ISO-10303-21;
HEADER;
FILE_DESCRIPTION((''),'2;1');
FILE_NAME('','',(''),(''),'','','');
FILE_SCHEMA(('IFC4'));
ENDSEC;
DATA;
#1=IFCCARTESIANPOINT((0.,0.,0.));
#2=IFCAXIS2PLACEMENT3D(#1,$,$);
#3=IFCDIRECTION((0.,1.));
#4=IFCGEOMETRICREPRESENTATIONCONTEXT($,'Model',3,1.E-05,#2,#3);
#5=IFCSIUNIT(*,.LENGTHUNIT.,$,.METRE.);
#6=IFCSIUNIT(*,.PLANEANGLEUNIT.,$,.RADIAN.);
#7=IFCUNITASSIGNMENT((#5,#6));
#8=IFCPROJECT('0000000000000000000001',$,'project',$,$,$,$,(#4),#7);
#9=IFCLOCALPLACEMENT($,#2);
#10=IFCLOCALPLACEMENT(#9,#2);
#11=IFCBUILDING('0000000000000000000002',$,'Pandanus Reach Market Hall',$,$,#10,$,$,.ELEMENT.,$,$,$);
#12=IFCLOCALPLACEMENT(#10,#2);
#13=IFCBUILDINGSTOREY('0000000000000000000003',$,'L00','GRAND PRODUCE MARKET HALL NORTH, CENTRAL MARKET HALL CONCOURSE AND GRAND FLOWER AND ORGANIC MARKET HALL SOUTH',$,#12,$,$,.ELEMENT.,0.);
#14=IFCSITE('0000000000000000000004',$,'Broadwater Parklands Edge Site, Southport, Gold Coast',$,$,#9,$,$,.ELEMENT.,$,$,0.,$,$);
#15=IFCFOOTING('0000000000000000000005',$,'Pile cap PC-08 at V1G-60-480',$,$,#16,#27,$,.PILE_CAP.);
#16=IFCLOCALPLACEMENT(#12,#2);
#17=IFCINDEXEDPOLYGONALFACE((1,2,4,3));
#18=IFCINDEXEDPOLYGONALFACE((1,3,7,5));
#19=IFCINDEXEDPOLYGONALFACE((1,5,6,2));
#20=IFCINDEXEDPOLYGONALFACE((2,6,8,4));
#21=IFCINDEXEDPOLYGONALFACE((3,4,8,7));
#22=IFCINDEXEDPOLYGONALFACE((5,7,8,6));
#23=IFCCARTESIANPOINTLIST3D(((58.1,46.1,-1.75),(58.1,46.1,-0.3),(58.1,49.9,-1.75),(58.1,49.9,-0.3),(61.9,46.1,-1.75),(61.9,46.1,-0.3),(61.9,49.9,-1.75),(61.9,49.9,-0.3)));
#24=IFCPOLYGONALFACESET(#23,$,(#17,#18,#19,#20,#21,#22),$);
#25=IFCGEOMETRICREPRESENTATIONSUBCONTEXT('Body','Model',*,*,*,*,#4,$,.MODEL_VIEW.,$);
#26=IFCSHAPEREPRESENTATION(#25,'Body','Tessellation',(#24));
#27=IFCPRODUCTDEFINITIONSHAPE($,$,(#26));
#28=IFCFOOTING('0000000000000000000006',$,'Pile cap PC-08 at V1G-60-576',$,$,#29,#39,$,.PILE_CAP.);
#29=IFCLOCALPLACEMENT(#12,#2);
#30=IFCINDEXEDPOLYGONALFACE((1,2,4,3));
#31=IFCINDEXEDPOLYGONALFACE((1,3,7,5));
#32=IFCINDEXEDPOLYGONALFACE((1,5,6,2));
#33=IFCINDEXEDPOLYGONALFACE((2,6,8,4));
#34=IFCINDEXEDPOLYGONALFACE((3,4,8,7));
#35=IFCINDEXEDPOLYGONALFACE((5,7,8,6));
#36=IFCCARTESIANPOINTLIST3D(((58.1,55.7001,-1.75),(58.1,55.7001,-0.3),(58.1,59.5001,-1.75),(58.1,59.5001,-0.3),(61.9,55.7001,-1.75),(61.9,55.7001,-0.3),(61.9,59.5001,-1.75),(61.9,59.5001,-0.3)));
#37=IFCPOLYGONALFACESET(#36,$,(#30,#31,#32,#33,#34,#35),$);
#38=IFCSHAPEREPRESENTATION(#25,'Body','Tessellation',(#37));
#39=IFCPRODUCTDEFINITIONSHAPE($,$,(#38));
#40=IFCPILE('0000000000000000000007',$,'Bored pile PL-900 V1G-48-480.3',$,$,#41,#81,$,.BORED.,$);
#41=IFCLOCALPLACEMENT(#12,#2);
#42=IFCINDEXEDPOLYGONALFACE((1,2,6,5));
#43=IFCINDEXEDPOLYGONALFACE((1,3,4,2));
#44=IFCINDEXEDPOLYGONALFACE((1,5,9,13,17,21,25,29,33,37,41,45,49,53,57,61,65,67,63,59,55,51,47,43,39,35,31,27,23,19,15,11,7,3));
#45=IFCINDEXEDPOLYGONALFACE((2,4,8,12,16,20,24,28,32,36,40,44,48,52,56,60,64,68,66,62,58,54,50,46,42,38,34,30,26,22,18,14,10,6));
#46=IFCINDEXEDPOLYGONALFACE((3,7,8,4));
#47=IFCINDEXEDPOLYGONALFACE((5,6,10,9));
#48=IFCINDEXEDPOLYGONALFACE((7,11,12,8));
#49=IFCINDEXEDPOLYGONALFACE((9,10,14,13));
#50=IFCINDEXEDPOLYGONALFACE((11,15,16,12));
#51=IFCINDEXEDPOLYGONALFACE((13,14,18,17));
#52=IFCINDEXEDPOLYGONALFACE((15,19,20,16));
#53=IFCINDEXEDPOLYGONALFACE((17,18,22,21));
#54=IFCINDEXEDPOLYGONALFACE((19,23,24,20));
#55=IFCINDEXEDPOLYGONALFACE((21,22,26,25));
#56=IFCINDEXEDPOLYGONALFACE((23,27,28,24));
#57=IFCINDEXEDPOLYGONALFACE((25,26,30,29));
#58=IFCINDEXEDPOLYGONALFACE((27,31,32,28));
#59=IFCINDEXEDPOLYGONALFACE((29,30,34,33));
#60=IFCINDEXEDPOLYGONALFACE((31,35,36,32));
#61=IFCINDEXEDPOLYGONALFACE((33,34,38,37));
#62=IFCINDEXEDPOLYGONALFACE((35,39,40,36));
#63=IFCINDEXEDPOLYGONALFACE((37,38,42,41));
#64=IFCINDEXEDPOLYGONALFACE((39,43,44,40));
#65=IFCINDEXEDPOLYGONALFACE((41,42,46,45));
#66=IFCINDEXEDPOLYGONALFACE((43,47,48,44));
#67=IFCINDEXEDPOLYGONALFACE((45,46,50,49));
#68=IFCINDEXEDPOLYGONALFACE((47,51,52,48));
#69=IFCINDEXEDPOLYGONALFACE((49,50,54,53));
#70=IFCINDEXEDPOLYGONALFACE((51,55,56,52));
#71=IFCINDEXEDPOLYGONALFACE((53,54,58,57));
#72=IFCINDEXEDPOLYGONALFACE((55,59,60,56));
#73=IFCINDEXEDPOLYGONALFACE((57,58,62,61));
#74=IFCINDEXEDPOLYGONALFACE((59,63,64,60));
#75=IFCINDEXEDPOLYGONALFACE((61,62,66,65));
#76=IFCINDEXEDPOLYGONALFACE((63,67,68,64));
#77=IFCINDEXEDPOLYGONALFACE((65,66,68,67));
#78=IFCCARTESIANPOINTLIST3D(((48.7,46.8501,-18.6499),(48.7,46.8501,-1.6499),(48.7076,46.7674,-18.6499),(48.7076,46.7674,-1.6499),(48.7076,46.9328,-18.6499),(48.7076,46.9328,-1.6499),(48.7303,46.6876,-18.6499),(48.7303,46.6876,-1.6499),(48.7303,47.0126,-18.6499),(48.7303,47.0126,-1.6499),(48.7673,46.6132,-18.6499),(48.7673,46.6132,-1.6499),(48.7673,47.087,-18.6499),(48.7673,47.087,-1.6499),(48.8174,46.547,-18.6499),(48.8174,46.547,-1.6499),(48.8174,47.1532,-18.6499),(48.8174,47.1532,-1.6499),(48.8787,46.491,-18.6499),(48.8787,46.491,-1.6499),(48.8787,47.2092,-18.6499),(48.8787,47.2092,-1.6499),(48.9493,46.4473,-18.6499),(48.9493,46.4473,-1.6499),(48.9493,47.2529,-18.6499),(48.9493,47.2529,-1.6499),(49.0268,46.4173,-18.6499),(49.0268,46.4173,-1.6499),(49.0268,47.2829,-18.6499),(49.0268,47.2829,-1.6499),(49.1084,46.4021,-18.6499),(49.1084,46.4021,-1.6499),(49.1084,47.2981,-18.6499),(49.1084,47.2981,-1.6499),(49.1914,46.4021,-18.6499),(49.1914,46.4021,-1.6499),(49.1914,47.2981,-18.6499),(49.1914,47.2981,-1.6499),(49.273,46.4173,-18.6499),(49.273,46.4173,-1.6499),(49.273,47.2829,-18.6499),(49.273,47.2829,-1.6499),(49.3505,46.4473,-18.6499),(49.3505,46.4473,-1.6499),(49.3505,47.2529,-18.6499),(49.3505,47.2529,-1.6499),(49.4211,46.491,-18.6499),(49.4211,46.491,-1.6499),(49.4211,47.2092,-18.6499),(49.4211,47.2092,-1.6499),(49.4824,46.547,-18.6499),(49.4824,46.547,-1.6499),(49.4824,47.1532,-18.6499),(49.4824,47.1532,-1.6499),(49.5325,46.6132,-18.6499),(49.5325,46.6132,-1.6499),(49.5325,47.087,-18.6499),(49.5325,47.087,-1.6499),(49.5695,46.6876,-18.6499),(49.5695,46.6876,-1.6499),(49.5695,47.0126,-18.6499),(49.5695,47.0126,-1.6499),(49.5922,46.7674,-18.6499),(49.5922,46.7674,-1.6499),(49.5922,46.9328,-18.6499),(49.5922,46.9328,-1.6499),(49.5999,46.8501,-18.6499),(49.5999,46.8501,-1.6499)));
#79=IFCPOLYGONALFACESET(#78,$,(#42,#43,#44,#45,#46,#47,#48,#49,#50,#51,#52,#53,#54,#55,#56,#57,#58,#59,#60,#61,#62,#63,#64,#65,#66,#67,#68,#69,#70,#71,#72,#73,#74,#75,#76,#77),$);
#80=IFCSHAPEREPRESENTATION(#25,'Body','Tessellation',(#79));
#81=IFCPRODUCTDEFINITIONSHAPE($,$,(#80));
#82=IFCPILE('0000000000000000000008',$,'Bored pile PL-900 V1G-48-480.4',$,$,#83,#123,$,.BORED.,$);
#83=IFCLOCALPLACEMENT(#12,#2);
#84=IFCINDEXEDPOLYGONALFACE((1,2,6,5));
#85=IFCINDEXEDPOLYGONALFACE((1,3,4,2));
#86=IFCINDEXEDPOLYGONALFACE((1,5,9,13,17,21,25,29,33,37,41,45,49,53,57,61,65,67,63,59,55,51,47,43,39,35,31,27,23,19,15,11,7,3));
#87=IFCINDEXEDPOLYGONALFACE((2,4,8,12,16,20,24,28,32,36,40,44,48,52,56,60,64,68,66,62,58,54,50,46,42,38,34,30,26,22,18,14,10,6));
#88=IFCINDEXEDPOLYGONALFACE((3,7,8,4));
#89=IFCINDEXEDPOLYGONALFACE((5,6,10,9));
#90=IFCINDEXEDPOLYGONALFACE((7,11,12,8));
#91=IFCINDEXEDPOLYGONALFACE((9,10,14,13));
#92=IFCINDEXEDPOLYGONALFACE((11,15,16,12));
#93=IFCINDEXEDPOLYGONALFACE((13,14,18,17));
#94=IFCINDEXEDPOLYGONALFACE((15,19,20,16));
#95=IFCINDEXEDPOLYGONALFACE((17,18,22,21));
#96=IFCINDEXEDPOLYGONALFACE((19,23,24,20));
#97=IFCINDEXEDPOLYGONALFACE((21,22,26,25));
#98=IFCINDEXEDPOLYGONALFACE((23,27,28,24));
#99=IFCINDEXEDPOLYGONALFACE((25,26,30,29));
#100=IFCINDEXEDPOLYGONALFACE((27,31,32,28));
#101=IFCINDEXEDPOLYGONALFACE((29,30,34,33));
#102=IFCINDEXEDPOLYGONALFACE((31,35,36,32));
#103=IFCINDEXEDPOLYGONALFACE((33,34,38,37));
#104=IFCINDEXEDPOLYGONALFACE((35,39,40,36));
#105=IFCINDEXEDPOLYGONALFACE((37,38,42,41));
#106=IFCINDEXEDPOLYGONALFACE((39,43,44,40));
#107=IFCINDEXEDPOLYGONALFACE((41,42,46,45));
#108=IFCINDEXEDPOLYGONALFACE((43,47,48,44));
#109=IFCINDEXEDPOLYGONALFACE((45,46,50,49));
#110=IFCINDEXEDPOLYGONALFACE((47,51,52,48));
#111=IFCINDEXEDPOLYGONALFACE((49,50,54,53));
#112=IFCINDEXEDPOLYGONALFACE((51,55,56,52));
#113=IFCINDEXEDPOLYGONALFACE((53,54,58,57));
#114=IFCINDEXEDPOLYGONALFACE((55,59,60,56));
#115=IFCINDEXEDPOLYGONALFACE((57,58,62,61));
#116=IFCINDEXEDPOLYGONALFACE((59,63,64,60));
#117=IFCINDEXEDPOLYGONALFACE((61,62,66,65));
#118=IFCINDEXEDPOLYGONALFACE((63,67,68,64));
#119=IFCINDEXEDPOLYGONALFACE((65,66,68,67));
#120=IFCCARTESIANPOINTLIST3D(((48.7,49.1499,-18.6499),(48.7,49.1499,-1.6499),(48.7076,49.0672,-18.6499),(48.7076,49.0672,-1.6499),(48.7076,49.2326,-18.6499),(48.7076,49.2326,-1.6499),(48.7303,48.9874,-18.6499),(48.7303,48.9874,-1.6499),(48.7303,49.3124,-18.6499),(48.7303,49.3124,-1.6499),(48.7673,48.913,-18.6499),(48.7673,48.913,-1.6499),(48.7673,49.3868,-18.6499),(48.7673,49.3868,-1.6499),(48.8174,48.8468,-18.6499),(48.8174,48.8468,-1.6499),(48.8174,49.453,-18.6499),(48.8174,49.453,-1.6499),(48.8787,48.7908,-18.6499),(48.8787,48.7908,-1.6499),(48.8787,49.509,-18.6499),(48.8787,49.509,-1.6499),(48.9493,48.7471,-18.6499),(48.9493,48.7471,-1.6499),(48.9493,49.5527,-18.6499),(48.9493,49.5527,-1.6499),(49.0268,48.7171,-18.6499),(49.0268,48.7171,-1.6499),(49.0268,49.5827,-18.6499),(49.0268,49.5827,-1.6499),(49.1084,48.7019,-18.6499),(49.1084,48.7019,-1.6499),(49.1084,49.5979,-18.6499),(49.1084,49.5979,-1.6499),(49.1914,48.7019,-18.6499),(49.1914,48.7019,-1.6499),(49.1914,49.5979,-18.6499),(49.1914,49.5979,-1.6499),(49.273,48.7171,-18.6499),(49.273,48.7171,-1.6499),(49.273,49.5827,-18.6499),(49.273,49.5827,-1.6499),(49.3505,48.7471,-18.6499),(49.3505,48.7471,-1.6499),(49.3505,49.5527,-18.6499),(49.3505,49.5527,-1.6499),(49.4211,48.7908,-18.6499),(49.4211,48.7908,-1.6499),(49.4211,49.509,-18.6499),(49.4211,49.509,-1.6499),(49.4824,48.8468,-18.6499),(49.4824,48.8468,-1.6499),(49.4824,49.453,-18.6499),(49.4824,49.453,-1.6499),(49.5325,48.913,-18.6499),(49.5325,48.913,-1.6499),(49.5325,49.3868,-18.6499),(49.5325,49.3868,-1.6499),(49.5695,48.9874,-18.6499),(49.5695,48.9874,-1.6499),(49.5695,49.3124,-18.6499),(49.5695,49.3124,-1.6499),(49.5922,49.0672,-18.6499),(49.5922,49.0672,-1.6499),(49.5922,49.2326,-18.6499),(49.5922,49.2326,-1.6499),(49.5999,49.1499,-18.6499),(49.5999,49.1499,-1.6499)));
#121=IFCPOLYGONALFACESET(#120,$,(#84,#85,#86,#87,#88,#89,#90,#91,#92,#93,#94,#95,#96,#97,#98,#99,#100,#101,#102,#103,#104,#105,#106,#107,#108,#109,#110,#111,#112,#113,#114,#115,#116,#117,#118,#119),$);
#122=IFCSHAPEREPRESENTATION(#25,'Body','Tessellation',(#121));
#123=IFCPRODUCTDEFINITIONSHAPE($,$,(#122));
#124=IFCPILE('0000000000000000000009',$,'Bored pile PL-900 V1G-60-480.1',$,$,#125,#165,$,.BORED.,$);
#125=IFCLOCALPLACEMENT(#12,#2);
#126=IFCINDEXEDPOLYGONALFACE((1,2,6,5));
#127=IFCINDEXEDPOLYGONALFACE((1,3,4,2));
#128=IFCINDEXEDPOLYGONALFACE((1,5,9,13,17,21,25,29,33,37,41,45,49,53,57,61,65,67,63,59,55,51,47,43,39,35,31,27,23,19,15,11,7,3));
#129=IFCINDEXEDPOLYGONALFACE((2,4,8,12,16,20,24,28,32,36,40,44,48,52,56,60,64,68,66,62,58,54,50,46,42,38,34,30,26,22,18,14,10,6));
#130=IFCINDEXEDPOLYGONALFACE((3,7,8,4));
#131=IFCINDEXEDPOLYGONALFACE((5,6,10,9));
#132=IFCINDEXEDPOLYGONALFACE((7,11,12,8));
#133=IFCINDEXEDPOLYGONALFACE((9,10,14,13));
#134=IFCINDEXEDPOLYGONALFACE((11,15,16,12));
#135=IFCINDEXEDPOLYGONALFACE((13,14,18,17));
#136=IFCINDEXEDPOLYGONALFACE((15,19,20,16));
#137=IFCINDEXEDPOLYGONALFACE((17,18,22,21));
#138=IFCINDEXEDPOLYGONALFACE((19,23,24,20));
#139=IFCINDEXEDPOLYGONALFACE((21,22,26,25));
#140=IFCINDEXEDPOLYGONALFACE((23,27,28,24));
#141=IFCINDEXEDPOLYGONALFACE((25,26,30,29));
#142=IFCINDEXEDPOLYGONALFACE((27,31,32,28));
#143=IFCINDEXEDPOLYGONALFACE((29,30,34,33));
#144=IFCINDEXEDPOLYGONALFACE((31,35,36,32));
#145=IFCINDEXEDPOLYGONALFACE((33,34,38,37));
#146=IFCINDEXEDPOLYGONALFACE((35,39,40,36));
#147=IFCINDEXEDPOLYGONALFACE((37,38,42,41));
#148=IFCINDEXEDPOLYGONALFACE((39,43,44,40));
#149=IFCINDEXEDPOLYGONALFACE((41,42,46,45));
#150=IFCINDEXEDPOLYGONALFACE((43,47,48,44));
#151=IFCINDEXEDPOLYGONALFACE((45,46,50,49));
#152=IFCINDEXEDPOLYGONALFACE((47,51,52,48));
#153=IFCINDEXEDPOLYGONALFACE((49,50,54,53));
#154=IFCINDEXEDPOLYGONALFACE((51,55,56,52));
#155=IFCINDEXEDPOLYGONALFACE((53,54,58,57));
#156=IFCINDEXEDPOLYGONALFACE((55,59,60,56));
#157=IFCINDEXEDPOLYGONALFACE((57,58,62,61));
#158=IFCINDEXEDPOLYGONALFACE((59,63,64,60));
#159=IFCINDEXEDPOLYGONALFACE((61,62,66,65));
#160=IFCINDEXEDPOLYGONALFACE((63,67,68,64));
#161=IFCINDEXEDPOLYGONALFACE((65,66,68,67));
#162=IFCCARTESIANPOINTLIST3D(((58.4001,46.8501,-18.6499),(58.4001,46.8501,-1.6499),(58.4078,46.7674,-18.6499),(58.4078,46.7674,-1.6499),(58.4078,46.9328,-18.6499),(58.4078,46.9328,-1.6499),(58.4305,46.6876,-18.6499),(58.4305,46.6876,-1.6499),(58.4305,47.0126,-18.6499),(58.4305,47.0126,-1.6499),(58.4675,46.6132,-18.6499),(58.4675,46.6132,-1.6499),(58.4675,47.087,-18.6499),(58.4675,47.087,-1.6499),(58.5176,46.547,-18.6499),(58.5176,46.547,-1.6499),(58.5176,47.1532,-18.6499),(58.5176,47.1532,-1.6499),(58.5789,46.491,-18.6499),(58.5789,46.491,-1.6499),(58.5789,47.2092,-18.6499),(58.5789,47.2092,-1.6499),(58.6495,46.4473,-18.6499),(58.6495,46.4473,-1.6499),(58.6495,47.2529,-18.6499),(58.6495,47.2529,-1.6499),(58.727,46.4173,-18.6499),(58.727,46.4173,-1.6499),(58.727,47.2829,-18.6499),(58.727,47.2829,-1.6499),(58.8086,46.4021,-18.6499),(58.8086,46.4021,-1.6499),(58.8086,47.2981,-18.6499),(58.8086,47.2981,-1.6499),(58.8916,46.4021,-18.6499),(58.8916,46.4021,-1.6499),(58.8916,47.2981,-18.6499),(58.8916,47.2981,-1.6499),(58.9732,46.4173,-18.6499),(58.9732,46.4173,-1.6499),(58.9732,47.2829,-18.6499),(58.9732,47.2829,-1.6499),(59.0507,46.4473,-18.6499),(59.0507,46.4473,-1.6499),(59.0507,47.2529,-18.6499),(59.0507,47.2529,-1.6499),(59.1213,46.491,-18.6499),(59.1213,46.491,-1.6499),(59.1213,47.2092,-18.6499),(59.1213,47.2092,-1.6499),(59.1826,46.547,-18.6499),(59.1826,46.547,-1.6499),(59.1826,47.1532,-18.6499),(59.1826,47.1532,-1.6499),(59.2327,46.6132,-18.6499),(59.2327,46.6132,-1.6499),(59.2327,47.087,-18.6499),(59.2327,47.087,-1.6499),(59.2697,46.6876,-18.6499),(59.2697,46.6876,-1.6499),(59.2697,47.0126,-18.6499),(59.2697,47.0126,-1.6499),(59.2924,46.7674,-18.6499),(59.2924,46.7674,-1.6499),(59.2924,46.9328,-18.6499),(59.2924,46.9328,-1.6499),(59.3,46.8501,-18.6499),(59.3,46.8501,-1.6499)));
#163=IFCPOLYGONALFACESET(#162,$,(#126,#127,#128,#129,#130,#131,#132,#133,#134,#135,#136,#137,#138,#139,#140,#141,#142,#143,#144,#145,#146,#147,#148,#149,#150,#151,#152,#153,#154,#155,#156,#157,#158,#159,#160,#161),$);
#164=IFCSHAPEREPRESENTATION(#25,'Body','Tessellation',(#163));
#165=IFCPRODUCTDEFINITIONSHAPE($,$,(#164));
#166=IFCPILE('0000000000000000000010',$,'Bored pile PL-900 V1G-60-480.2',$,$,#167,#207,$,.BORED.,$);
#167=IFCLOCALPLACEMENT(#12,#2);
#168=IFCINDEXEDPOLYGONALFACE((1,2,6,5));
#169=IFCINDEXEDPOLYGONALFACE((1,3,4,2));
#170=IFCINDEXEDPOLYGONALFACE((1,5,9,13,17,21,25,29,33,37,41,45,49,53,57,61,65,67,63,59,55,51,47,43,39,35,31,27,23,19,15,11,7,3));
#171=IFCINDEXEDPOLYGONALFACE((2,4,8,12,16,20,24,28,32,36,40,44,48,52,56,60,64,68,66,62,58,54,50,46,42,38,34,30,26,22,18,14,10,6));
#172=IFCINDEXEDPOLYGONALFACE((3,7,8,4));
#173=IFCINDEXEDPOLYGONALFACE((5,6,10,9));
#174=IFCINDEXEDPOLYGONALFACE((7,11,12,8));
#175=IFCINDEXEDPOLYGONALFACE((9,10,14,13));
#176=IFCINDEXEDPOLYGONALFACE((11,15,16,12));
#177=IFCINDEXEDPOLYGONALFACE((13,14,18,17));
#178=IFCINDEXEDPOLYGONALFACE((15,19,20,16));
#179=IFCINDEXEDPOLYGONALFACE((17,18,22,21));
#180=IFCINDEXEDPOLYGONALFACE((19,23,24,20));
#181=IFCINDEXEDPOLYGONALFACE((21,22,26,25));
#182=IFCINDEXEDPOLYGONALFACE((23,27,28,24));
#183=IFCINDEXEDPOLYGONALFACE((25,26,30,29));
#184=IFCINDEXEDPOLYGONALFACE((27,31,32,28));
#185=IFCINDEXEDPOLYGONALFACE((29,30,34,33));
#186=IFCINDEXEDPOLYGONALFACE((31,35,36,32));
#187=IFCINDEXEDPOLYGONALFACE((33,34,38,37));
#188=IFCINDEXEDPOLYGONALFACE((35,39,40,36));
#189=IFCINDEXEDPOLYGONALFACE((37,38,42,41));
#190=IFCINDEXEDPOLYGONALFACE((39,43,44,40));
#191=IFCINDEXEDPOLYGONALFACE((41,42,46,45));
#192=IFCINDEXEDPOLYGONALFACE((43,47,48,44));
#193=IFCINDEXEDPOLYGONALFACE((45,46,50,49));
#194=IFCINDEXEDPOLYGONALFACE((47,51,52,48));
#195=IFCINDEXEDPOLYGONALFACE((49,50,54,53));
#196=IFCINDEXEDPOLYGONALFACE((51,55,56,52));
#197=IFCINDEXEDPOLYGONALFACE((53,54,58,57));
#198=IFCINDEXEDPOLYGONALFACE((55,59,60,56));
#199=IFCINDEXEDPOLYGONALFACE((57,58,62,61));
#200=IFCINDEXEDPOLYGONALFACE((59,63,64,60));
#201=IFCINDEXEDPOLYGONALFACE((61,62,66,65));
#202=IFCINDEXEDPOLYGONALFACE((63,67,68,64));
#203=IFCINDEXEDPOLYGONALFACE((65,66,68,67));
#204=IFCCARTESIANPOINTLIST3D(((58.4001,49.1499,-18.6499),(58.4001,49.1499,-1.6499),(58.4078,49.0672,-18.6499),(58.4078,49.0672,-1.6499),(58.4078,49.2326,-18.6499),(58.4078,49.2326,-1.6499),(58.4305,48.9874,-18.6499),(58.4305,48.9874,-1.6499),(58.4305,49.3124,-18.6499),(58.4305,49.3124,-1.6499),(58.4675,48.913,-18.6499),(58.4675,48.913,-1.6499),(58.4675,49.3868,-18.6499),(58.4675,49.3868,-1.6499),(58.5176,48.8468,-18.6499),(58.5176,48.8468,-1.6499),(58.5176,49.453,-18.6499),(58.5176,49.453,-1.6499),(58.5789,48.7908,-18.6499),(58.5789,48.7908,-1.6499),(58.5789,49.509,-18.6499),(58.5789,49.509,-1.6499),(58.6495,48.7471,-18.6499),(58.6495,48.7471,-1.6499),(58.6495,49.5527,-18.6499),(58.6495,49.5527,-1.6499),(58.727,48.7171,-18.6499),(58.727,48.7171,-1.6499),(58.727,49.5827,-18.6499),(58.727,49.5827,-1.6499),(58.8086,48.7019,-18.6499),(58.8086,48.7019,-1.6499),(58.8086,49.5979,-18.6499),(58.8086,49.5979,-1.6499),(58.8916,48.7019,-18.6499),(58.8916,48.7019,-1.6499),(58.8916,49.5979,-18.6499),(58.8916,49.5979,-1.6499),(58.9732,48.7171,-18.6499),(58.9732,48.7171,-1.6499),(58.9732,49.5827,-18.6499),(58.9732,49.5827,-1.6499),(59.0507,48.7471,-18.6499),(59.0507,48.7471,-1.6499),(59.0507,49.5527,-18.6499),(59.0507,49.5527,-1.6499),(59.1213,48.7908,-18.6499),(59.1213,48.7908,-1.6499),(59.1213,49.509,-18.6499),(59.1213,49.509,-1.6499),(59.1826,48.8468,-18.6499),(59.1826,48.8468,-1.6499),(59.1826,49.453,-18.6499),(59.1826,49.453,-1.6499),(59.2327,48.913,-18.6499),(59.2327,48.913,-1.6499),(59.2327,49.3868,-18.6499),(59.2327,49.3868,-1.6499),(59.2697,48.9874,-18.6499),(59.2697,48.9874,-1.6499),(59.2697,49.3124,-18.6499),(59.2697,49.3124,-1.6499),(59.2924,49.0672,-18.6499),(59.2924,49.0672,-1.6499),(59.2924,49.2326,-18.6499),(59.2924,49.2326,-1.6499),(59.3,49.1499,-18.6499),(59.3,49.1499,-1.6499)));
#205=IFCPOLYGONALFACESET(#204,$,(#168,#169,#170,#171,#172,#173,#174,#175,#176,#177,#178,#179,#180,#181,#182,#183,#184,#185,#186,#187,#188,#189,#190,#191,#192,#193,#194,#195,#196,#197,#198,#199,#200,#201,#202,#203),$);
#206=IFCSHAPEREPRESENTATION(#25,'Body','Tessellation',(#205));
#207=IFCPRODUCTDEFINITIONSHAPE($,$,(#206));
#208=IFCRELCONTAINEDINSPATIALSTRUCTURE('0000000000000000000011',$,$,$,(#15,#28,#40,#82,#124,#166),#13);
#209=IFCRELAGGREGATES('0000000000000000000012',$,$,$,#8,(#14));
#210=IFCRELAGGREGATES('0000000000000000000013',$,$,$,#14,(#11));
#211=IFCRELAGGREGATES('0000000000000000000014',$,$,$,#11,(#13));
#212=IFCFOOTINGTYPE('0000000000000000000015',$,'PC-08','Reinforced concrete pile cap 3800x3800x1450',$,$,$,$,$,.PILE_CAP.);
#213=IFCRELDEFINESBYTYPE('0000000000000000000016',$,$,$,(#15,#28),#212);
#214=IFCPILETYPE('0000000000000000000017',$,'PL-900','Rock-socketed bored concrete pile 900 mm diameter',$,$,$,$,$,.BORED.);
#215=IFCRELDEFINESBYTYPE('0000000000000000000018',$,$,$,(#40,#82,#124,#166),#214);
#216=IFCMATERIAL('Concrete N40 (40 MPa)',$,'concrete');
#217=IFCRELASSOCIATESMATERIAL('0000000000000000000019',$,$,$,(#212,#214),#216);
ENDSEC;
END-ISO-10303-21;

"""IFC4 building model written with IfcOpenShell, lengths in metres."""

from ifc_helpers import new_model, si_unit, direction, frame, origin, origin_2d, place, context, subcontext, project, spatial, rectangle, circle, extrude, material, material_profile, profile_set, type_object, element, save


model = new_model("IFC4")

# Units and contexts
model_context = context("Model", 3, precision=1e-05, world=origin(), true_north=direction((0.0, 1.0)))
body_context = subcontext(model_context, "Body", "Model", "MODEL_VIEW")
ifc_project = project(units=[si_unit("LENGTHUNIT", "METRE"), si_unit("PLANEANGLEUNIT", "RADIAN")], contexts=[model_context])

# Site, building, storey
site_placement = place(None, origin())
site = spatial("IfcSite", under=ifc_project, at=site_placement, Name="Broadwater Parklands Edge Site, Southport, Gold Coast", CompositionType="ELEMENT", RefElevation=0.0)
building_placement = place(site_placement, origin())
building = spatial("IfcBuilding", under=site, at=building_placement, Name="Pandanus Reach Market Hall", CompositionType="ELEMENT")
storey_placement = place(building_placement, origin())
storey = spatial("IfcBuildingStorey", under=building, at=storey_placement, Name="L00", Description="GRAND PRODUCE MARKET HALL NORTH, CENTRAL MARKET HALL CONCOURSE AND GRAND FLOWER AND ORGANIC MARKET HALL SOUTH", CompositionType="ELEMENT", Elevation=0.0)

# Footings
ifc_material_1 = material(Name="Concrete N40 (40 MPa)", Category="concrete")
footing_type = type_object("IfcFootingType", Name="PC-08", Description="Reinforced concrete pile cap 3800x3800x1450", PredefinedType="PILE_CAP", material=ifc_material_1)
for number, where, z_axis, x_axis, name in (
    (1, (60.0, 48.0, -1.75), (0.0, 0.0, 1.0), (1.0, 0.0, 0.0), "Pile cap PC-08 at V1G-60-480"),
    (2, (60.0, 57.6001, -1.75), (0.0, 0.0, 1.0), (1.0, 0.0, 0.0), "Pile cap PC-08 at V1G-60-576"),
):
    element("IfcFooting", number, at=place(storey_placement, frame(where, z_axis=z_axis, x_axis=x_axis)), inside=storey, type_object=footing_type, Name=name, PredefinedType="PILE_CAP", context=body_context, shape_type="SweptSolid", body=[
        extrude(rectangle(XDim=3.8, YDim=3.8, at=origin_2d()), origin(), (0.0, 0.0, 1.0), 1.45),
    ])

# Piles
ifc_material_profile_1 = material_profile(ifc_material_1, circle(Radius=0.45, at=origin_2d()), Name="PILE-900D", Category="LoadBearing")
ifc_profile_set_1 = profile_set([ifc_material_profile_1], Name="Concrete N40 (40 MPa)")
pile_type = type_object("IfcPileType", Name="PL-900", Description="Rock-socketed bored concrete pile 900 mm diameter", PredefinedType="BORED", material=ifc_profile_set_1)
for number, where, z_axis, x_axis, name in (
    (3, (49.1499, 46.8501, -1.6499), (0.0, 0.0, -1.0), (1.0, 0.0, 0.0), "Bored pile PL-900 V1G-48-480.3"),
    (4, (49.1499, 49.1499, -1.6499), (0.0, 0.0, -1.0), (1.0, 0.0, 0.0), "Bored pile PL-900 V1G-48-480.4"),
    (5, (58.8501, 46.8501, -1.6499), (0.0, 0.0, -1.0), (1.0, 0.0, 0.0), "Bored pile PL-900 V1G-60-480.1"),
    (6, (58.8501, 49.1499, -1.6499), (0.0, 0.0, -1.0), (1.0, 0.0, 0.0), "Bored pile PL-900 V1G-60-480.2"),
):
    element("IfcPile", number, at=place(storey_placement, frame(where, z_axis=z_axis, x_axis=x_axis)), inside=storey, type_object=pile_type, Name=name, PredefinedType="BORED", context=body_context, shape_type="SweptSolid", body=[
        extrude(circle(Radius=0.45, at=origin_2d()), origin(), (0.0, 0.0, 1.0), 17.0),
    ])

save(model, "model.ifc")
